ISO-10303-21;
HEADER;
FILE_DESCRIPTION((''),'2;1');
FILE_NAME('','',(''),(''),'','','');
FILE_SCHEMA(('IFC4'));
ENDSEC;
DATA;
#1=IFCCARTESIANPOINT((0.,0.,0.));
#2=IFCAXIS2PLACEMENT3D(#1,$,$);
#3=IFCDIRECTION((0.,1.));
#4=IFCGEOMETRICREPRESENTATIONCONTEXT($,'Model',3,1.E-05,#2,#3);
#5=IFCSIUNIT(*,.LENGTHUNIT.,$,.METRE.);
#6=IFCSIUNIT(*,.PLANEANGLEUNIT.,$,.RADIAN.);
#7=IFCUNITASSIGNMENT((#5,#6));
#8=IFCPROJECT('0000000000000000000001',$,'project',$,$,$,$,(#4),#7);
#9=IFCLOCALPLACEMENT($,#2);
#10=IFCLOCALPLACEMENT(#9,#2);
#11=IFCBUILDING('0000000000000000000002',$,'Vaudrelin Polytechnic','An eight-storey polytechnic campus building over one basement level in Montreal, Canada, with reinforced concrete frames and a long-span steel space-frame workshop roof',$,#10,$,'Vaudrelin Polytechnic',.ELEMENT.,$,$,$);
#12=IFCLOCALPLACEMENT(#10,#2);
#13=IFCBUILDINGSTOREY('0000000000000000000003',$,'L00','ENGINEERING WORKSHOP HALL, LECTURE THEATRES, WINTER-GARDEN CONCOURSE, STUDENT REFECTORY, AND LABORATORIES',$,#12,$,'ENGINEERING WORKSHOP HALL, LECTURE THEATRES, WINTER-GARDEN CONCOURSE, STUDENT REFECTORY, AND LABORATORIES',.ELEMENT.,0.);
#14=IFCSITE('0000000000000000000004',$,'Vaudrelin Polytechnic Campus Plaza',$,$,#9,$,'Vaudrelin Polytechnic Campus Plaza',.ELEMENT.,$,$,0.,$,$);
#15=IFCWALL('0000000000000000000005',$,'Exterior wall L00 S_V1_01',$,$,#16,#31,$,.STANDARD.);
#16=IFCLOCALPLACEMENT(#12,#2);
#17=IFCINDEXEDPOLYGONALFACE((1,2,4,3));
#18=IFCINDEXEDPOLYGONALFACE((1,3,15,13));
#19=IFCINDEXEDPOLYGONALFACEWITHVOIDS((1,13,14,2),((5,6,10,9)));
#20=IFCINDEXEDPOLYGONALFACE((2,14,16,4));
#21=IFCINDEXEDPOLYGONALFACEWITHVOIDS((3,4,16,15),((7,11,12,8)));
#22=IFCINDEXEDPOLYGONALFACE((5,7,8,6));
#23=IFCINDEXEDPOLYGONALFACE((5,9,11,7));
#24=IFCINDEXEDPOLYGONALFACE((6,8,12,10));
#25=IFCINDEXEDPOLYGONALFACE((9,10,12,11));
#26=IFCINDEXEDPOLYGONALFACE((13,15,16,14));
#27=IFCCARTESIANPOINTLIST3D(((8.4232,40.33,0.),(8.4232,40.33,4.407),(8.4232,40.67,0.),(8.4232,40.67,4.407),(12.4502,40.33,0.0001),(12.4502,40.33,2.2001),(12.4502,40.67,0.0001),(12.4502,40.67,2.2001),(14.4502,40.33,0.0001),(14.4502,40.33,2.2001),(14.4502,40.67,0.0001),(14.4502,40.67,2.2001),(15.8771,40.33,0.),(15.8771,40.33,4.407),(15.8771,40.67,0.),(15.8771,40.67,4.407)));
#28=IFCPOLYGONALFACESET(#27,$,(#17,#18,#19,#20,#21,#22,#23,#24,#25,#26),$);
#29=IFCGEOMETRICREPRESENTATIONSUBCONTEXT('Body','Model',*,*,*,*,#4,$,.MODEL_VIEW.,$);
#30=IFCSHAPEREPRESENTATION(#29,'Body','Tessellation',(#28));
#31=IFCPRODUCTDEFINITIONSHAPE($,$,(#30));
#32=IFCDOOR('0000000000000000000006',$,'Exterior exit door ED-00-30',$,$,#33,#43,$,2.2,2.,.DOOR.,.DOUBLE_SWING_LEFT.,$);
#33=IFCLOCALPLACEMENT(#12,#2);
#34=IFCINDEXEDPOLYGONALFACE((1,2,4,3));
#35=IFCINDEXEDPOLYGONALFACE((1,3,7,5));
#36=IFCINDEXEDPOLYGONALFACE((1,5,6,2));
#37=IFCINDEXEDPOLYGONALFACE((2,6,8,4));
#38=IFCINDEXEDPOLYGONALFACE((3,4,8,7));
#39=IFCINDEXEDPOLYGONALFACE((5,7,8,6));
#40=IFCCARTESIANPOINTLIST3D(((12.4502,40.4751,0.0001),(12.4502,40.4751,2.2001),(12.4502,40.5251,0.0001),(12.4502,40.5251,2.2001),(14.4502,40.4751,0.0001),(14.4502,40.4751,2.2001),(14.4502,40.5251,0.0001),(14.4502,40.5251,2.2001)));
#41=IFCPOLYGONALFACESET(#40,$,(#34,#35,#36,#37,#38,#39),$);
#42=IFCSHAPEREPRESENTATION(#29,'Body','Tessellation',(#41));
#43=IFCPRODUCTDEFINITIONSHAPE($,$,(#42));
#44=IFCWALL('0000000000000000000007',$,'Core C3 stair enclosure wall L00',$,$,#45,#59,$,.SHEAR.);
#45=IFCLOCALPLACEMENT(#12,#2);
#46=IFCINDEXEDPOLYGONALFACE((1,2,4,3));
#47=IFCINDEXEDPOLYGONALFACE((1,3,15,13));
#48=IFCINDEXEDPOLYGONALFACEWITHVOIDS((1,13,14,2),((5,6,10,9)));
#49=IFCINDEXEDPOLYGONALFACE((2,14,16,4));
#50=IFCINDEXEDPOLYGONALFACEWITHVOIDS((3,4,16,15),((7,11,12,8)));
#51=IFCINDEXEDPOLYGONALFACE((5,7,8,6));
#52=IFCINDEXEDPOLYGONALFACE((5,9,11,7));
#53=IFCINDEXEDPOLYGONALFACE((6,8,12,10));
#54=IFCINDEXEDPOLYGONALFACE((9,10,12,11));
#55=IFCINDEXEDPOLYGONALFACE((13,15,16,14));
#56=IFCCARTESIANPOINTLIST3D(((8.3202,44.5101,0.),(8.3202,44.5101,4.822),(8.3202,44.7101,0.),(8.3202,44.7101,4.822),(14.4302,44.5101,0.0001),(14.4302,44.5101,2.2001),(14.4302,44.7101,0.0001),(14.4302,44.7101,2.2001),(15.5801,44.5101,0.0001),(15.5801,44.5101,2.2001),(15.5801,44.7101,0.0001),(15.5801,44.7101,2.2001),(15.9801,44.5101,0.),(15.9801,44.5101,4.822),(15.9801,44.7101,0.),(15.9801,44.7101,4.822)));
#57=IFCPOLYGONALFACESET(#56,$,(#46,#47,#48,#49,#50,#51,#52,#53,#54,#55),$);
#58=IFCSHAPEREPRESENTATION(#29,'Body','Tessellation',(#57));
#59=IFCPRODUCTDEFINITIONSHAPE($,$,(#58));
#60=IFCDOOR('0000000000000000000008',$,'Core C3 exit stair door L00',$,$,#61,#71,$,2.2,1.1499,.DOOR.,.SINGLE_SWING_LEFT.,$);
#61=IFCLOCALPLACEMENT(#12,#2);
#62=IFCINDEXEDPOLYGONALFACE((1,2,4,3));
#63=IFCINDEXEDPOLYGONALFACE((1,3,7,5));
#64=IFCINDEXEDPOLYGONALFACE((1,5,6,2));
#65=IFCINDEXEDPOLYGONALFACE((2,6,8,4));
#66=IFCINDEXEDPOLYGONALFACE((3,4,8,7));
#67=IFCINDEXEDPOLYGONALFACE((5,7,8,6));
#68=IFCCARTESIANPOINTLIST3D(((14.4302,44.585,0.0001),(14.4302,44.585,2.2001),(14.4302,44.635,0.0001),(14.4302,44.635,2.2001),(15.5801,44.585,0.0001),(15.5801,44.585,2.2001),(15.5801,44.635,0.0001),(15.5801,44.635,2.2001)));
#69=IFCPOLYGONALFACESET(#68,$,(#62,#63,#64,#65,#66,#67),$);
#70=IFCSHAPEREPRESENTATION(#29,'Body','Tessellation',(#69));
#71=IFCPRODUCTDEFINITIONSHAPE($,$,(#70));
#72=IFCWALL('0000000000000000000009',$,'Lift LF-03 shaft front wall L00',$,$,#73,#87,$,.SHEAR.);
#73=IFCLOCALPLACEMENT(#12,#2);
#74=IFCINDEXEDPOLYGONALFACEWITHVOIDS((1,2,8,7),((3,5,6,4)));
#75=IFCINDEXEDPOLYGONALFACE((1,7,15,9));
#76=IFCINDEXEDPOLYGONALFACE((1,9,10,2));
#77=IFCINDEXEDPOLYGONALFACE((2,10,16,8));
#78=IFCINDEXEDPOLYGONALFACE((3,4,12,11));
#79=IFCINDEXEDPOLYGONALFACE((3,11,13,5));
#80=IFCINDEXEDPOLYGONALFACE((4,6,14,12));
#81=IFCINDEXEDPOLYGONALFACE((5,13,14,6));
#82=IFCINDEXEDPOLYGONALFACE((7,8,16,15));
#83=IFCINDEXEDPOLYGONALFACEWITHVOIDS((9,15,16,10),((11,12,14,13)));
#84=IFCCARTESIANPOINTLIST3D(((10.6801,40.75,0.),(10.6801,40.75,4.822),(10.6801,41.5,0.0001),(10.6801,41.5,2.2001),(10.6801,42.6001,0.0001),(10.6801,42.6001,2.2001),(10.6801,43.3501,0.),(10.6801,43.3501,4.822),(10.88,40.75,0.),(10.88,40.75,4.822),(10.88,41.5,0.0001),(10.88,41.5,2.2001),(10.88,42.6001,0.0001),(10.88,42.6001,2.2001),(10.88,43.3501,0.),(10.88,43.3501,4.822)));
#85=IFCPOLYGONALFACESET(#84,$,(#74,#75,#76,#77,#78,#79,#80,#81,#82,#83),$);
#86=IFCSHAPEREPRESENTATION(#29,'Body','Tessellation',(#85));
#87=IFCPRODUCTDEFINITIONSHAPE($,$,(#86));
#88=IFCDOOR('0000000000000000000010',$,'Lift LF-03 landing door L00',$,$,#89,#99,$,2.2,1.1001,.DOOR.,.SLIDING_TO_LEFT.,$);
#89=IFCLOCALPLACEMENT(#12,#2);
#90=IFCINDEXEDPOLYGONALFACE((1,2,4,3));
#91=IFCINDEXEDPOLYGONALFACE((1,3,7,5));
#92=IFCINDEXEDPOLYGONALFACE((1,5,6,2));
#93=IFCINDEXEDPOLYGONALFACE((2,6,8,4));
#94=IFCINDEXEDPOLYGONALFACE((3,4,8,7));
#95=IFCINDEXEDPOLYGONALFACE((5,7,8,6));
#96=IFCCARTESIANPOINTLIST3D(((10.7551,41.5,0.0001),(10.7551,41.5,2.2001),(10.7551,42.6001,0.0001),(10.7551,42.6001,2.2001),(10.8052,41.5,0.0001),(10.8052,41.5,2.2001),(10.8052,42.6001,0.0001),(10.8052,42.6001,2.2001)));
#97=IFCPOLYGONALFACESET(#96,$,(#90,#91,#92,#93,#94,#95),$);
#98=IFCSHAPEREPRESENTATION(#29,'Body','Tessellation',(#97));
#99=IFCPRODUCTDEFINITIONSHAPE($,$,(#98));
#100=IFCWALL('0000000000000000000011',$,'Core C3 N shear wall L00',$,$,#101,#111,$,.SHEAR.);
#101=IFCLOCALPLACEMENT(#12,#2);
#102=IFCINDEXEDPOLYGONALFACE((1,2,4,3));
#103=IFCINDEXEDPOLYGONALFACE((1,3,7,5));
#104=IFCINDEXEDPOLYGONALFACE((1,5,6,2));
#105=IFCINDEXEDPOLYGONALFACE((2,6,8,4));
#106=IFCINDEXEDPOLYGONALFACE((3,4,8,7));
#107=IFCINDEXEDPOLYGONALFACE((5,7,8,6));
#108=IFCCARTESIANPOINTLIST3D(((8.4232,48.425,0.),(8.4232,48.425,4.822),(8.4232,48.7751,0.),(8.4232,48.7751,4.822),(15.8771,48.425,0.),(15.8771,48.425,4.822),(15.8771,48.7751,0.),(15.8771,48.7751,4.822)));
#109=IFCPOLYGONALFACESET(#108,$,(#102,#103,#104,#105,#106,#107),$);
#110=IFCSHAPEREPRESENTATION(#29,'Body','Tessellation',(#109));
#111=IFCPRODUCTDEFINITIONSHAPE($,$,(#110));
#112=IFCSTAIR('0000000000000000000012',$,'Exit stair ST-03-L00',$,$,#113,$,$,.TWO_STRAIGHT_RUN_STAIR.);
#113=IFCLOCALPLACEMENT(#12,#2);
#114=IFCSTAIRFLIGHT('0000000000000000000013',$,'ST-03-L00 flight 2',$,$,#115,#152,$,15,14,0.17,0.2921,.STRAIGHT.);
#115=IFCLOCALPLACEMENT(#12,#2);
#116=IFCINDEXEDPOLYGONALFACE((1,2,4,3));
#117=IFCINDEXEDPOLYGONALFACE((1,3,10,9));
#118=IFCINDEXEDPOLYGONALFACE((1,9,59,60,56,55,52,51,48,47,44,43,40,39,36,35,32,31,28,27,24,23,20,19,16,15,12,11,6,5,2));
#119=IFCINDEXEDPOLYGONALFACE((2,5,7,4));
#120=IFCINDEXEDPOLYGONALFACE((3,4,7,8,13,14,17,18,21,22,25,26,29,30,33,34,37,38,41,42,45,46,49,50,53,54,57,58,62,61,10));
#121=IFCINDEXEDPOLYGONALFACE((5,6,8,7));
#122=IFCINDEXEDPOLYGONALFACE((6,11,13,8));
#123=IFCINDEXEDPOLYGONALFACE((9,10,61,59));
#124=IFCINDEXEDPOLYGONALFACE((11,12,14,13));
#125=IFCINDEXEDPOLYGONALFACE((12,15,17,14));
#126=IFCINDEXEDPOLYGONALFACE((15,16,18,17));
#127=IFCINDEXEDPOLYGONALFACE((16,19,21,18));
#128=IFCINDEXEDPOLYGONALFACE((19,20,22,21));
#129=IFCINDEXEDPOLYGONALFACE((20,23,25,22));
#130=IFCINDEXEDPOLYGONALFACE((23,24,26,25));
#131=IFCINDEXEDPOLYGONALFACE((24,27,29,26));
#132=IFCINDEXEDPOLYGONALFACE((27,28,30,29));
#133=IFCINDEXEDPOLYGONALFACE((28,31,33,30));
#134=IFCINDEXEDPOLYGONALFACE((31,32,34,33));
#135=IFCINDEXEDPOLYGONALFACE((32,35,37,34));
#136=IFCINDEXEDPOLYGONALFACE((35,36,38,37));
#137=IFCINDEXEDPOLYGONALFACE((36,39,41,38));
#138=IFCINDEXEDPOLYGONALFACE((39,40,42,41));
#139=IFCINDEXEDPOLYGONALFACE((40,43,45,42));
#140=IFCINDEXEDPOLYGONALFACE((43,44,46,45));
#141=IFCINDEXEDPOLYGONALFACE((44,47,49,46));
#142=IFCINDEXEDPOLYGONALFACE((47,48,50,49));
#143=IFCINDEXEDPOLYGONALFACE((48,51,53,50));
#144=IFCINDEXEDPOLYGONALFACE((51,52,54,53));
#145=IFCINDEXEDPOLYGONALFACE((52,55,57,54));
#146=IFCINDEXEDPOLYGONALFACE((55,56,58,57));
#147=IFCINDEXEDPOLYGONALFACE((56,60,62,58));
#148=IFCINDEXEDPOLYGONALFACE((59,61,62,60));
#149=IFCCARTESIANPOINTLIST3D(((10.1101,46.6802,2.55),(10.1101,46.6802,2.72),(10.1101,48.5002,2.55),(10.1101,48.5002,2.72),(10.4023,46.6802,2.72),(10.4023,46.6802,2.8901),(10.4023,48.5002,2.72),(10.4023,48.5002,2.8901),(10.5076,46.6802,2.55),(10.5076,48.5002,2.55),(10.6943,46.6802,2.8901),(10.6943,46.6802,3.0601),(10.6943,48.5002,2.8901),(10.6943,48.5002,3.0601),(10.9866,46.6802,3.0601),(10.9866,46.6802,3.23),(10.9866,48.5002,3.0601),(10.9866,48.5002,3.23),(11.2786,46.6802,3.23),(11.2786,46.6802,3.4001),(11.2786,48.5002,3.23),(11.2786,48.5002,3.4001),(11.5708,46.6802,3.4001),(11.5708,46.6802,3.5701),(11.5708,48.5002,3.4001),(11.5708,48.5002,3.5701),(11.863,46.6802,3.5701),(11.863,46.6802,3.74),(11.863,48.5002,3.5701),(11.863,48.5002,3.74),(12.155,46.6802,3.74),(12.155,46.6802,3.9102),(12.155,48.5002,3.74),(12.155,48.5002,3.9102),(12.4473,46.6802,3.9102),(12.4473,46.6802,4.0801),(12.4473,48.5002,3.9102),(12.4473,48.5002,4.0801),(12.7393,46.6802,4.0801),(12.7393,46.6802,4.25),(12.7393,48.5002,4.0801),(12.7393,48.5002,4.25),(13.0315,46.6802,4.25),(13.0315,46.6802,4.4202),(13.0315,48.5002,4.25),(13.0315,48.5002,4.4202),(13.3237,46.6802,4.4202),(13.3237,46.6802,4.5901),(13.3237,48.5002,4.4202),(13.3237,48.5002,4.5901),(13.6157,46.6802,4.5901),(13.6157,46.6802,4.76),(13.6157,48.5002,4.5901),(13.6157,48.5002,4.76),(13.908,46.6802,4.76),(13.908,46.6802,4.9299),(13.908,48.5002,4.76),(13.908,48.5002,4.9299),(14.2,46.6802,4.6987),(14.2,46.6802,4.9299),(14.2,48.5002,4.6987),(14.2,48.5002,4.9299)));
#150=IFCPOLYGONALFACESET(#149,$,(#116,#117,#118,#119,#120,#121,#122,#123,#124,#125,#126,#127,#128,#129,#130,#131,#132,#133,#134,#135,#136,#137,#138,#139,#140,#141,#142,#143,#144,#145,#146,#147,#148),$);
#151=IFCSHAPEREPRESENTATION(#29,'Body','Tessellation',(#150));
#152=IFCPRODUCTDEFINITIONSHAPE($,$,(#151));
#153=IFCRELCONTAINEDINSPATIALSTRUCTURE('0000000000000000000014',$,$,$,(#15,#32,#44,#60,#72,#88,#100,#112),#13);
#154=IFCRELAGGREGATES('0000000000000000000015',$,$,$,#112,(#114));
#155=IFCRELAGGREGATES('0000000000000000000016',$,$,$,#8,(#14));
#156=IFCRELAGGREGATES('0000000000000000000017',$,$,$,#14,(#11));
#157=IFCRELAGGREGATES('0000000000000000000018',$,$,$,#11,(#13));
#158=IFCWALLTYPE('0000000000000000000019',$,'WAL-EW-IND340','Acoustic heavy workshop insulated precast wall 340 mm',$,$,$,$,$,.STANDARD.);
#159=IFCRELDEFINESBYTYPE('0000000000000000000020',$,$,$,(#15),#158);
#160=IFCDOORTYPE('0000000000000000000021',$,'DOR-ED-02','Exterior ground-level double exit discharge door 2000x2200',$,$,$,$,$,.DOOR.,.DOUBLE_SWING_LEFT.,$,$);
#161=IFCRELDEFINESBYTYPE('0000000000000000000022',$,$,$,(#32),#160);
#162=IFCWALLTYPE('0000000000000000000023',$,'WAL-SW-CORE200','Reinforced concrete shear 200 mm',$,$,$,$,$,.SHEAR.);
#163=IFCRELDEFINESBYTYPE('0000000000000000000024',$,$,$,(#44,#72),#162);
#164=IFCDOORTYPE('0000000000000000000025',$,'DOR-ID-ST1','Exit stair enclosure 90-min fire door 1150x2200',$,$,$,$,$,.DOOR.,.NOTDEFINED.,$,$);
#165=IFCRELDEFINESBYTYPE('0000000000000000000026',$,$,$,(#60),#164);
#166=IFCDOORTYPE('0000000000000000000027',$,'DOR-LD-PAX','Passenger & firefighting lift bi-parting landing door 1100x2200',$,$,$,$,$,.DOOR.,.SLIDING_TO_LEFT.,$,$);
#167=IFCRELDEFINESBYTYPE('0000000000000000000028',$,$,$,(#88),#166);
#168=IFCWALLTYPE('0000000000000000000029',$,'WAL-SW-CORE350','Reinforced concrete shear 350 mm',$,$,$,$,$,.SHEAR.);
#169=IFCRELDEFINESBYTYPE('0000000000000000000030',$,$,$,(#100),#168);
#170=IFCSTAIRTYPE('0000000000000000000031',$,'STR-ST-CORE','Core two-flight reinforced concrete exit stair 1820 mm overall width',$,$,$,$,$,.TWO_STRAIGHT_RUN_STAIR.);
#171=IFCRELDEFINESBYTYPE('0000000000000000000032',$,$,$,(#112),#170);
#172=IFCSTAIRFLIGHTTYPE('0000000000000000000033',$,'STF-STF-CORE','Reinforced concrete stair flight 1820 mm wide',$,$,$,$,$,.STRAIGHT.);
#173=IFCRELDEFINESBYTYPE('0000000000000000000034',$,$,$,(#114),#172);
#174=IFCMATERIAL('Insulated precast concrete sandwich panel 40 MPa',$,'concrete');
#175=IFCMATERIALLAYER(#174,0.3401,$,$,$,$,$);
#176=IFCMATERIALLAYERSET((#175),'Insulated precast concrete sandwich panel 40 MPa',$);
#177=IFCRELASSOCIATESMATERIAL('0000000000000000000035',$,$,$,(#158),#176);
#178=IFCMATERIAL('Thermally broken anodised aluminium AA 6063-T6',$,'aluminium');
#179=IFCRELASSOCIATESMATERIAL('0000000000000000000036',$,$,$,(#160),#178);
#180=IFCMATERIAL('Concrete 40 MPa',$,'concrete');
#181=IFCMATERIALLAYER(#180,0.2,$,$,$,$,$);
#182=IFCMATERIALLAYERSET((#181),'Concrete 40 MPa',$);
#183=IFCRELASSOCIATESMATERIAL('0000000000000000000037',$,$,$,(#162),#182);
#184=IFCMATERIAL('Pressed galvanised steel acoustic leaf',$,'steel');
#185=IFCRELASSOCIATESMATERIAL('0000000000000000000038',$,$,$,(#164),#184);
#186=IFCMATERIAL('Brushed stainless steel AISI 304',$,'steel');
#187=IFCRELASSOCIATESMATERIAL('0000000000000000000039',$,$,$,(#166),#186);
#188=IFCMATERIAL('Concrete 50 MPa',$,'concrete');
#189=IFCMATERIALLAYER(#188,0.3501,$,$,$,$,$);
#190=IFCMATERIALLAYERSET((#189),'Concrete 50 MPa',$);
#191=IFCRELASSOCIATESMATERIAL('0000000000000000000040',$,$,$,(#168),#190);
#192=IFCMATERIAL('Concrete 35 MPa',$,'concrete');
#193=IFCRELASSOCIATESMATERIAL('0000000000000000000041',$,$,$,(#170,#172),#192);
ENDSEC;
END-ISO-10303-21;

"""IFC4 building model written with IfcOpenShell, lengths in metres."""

from ifc_helpers import new_model, si_unit, direction, frame, frame_2d, origin, place, context, subcontext, project, spatial, polyline, rectangle, outline, extrude, material, layer, layer_set, type_object, element, fill, aggregate, save


model = new_model("IFC4")

# Units and contexts
model_context = context("Model", 3, precision=1e-05, world=origin(), true_north=direction((0.0, 1.0)))
body_context = subcontext(model_context, "Body", "Model", "MODEL_VIEW")
ifc_project = project(units=[si_unit("LENGTHUNIT", "METRE"), si_unit("PLANEANGLEUNIT", "RADIAN")], contexts=[model_context])

# Site, building, storey
site_placement = place(None, origin())
site = spatial("IfcSite", under=ifc_project, at=site_placement, Name="Vaudrelin Polytechnic Campus Plaza", LongName="Vaudrelin Polytechnic Campus Plaza", CompositionType="ELEMENT", RefElevation=0.0)
building_placement = place(site_placement, origin())
building = spatial("IfcBuilding", under=site, at=building_placement, Name="Vaudrelin Polytechnic", Description="An eight-storey polytechnic campus building over one basement level in Montreal, Canada, with reinforced concrete frames and a long-span steel space-frame workshop roof", LongName="Vaudrelin Polytechnic", CompositionType="ELEMENT")
storey_placement = place(building_placement, origin())
storey = spatial("IfcBuildingStorey", under=building, at=storey_placement, Name="L00", Description="ENGINEERING WORKSHOP HALL, LECTURE THEATRES, WINTER-GARDEN CONCOURSE, STUDENT REFECTORY, AND LABORATORIES", LongName="ENGINEERING WORKSHOP HALL, LECTURE THEATRES, WINTER-GARDEN CONCOURSE, STUDENT REFECTORY, AND LABORATORIES", CompositionType="ELEMENT", Elevation=0.0)

# Walls, openings, doors
ifc_material_1 = material(Name="Insulated precast concrete sandwich panel 40 MPa", Category="concrete")
ifc_layer_1 = layer(ifc_material_1, 0.3401)
ifc_layer_set_1 = layer_set([ifc_layer_1], Name="Insulated precast concrete sandwich panel 40 MPa")
wall_type_1 = type_object("IfcWallType", Name="WAL-EW-IND340", Description="Acoustic heavy workshop insulated precast wall 340 mm", PredefinedType="STANDARD", material=ifc_layer_set_1)
wall_1_placement = place(storey_placement, frame((8.4231, 40.5, 0.0), z_axis=(0.0, 0.0, 1.0), x_axis=(1.0, 0.0, 0.0)))
wall_1 = element("IfcWall", 1, at=wall_1_placement, inside=storey, type_object=wall_type_1, Name="Exterior wall L00 S_V1_01", PredefinedType="STANDARD", context=body_context, shape_type="SweptSolid", body=[
    extrude(rectangle(XDim=7.4539, YDim=0.3401, at=frame_2d((3.7271, 0.0))), origin(), (0.0, 0.0, 1.0), 4.407),
])
opening_1_placement = place(wall_1_placement, frame((6.0271, 0.0, 0.0), z_axis=(0.0, 0.0, 1.0), x_axis=(-1.0, 0.0, 0.0)))
opening_1 = element("IfcOpeningElement", 2, at=opening_1_placement, cuts=wall_1, PredefinedType="OPENING", context=body_context, shape_type="SweptSolid", body=[
    extrude(rectangle(XDim=2.0, YDim=2.2, at=frame_2d((1.0, 1.1001))), frame((0.0, 0.1802, 0.0), z_axis=(0.0, -1.0, 0.0), x_axis=(1.0, 0.0, 0.0)), (0.0, 0.0, 1.0), 0.3601),
])
ifc_material_2 = material(Name="Thermally broken anodised aluminium AA 6063-T6", Category="aluminium")
door_type_1 = type_object("IfcDoorType", Name="DOR-ED-02", Description="Exterior ground-level double exit discharge door 2000x2200", OperationType="DOUBLE_SWING_LEFT", PredefinedType="DOOR", material=ifc_material_2)
door_1_placement = place(opening_1_placement, origin())
door_1 = element("IfcDoor", 3, at=door_1_placement, inside=storey, type_object=door_type_1, Name="Exterior exit door ED-00-30", OperationType="DOUBLE_SWING_LEFT", OverallHeight=2.2, OverallWidth=2.0, PredefinedType="DOOR", context=body_context, shape_type="SweptSolid", body=[
    extrude(rectangle(XDim=2.0, YDim=2.2, at=frame_2d((1.0, 1.1001))), frame((0.0, 0.0249, 0.0), z_axis=(0.0, -1.0, 0.0), x_axis=(1.0, 0.0, 0.0)), (0.0, 0.0, 1.0), 0.05),
])
fill(opening_1, door_1)
ifc_material_3 = material(Name="Pressed galvanised steel acoustic leaf", Category="steel")
ifc_material_4 = material(Name="Concrete 40 MPa", Category="concrete")
ifc_layer_2 = layer(ifc_material_4, 0.2)
ifc_layer_set_2 = layer_set([ifc_layer_2], Name="Concrete 40 MPa")
wall_type_2 = type_object("IfcWallType", Name="WAL-SW-CORE200", Description="Reinforced concrete shear 200 mm", PredefinedType="SHEAR", material=ifc_layer_set_2)
wall_2_placement = place(storey_placement, frame((8.3201, 44.6101, 0.0), z_axis=(0.0, 0.0, 1.0), x_axis=(1.0, 0.0, 0.0)))
wall_2 = element("IfcWall", 4, at=wall_2_placement, inside=storey, type_object=wall_type_2, Name="Core C3 stair enclosure wall L00", PredefinedType="SHEAR", context=body_context, shape_type="SweptSolid", body=[
    extrude(rectangle(XDim=7.6599, YDim=0.2, at=frame_2d((3.8301, 0.0))), origin(), (0.0, 0.0, 1.0), 4.822),
])
opening_2_placement = place(wall_2_placement, frame((6.1101, 0.0, 0.0)))
opening_2 = element("IfcOpeningElement", 5, at=opening_2_placement, cuts=wall_2, PredefinedType="OPENING", context=body_context, shape_type="SweptSolid", body=[
    extrude(rectangle(XDim=1.1499, YDim=2.2, at=frame_2d((0.575, 1.1001))), frame((0.0, 0.1099, 0.0), z_axis=(0.0, -1.0, 0.0), x_axis=(1.0, 0.0, 0.0)), (0.0, 0.0, 1.0), 0.22),
])
door_type_2 = type_object("IfcDoorType", Name="DOR-ID-ST1", Description="Exit stair enclosure 90-min fire door 1150x2200", OperationType="NOTDEFINED", PredefinedType="DOOR", material=ifc_material_3)
door_2_placement = place(opening_2_placement, origin())
door_2 = element("IfcDoor", 6, at=door_2_placement, inside=storey, type_object=door_type_2, Name="Core C3 exit stair door L00", OperationType="SINGLE_SWING_LEFT", OverallHeight=2.2, OverallWidth=1.1499, PredefinedType="DOOR", context=body_context, shape_type="SweptSolid", body=[
    extrude(rectangle(XDim=1.1499, YDim=2.2, at=frame_2d((0.575, 1.1001))), frame((0.0, 0.0249, 0.0), z_axis=(0.0, -1.0, 0.0), x_axis=(1.0, 0.0, 0.0)), (0.0, 0.0, 1.0), 0.05),
])
fill(opening_2, door_2)
wall_3_placement = place(storey_placement, frame((10.78, 40.75, 0.0), z_axis=(0.0, 0.0, 1.0), x_axis=(0.0, 1.0, 0.0)))
wall_3 = element("IfcWall", 7, at=wall_3_placement, inside=storey, type_object=wall_type_2, Name="Lift LF-03 shaft front wall L00", PredefinedType="SHEAR", context=body_context, shape_type="SweptSolid", body=[
    extrude(rectangle(XDim=2.6001, YDim=0.2, at=frame_2d((1.3, 0.0))), origin(), (0.0, 0.0, 1.0), 4.822),
])
opening_3_placement = place(wall_3_placement, frame((0.75, 0.0, 0.0)))
opening_3 = element("IfcOpeningElement", 8, at=opening_3_placement, cuts=wall_3, PredefinedType="OPENING", context=body_context, shape_type="SweptSolid", body=[
    extrude(rectangle(XDim=1.1001, YDim=2.2, at=frame_2d((0.55, 1.1001))), frame((0.0, 0.1099, 0.0), z_axis=(0.0, -1.0, 0.0), x_axis=(1.0, 0.0, 0.0)), (0.0, 0.0, 1.0), 0.22),
])
ifc_material_5 = material(Name="Brushed stainless steel AISI 304", Category="steel")
door_type_3 = type_object("IfcDoorType", Name="DOR-LD-PAX", Description="Passenger & firefighting lift bi-parting landing door 1100x2200", OperationType="SLIDING_TO_LEFT", PredefinedType="DOOR", material=ifc_material_5)
door_3_placement = place(opening_3_placement, origin())
door_3 = element("IfcDoor", 9, at=door_3_placement, inside=storey, type_object=door_type_3, Name="Lift LF-03 landing door L00", OperationType="SLIDING_TO_LEFT", OverallHeight=2.2, OverallWidth=1.1001, PredefinedType="DOOR", context=body_context, shape_type="SweptSolid", body=[
    extrude(rectangle(XDim=1.1001, YDim=2.2, at=frame_2d((0.55, 1.1001))), frame((0.0, 0.0249, 0.0), z_axis=(0.0, -1.0, 0.0), x_axis=(1.0, 0.0, 0.0)), (0.0, 0.0, 1.0), 0.05),
])
fill(opening_3, door_3)

# Wall
ifc_material_6 = material(Name="Concrete 50 MPa", Category="concrete")
ifc_layer_3 = layer(ifc_material_6, 0.3501)
ifc_layer_set_3 = layer_set([ifc_layer_3], Name="Concrete 50 MPa")
wall_type_3 = type_object("IfcWallType", Name="WAL-SW-CORE350", Description="Reinforced concrete shear 350 mm", PredefinedType="SHEAR", material=ifc_layer_set_3)
wall_4_placement = place(storey_placement, frame((8.4231, 48.6001, 0.0), z_axis=(0.0, 0.0, 1.0), x_axis=(1.0, 0.0, 0.0)))
element("IfcWall", 10, at=wall_4_placement, inside=storey, type_object=wall_type_3, Name="Core C3 N shear wall L00", PredefinedType="SHEAR", context=body_context, shape_type="SweptSolid", body=[
    extrude(rectangle(XDim=7.4539, YDim=0.3501, at=frame_2d((3.7271, 0.0))), origin(), (0.0, 0.0, 1.0), 4.822),
])

# Stair, stair flight
ifc_material_7 = material(Name="Concrete 35 MPa", Category="concrete")
stair_type = type_object("IfcStairType", Name="STR-ST-CORE", Description="Core two-flight reinforced concrete exit stair 1820 mm overall width", PredefinedType="TWO_STRAIGHT_RUN_STAIR", material=ifc_material_7)
stair_placement = place(storey_placement, origin())
stair = element("IfcStair", 11, at=stair_placement, inside=storey, type_object=stair_type, Name="Exit stair ST-03-L00", PredefinedType="TWO_STRAIGHT_RUN_STAIR")
stair_flight_type = type_object("IfcStairFlightType", Name="STF-STF-CORE", Description="Reinforced concrete stair flight 1820 mm wide", PredefinedType="STRAIGHT", material=ifc_material_7)
stair_flight_placement = place(storey_placement, frame((10.1101, 47.5901, 2.55), z_axis=(0.0, 0.0, 1.0), x_axis=(1.0, 0.0, 0.0)))
stair_flight = element("IfcStairFlight", 12, at=stair_flight_placement, type_object=stair_flight_type, Name="ST-03-L00 flight 2", NumberOfRisers=15, NumberOfTreads=14, PredefinedType="STRAIGHT", RiserHeight=0.17, TreadLength=0.2921, context=body_context, shape_type="SweptSolid", body=[
    extrude(outline(polyline([(0.0, 0.0), (0.0, 0.1699), (0.2922, 0.1699), (0.2922, 0.3401), (0.5842, 0.3401), (0.5842, 0.51), (0.8765, 0.51), (0.8765, 0.6799), (1.1685, 0.6799), (1.1685, 0.8501), (1.4607, 0.8501), (1.4607, 1.02), (1.7529, 1.02), (1.7529, 1.1899), (2.0449, 1.1899), (2.0449, 1.3601), (2.3372, 1.3601), (2.3372, 1.53), (2.6292, 1.53), (2.6292, 1.7), (2.9214, 1.7), (2.9214, 1.8701), (3.2136, 1.8701), (3.2136, 2.04), (3.5056, 2.04), (3.5056, 2.21), (3.7979, 2.21), (3.7979, 2.3799), (4.0898, 2.3799), (4.0898, 2.55), (4.0898, 2.1487), (0.3975, 0.0), (0.0, 0.0)])), frame((0.0, 0.9102, 0.0), z_axis=(0.0, -1.0, 0.0), x_axis=(1.0, 0.0, 0.0)), (0.0, 0.0, 1.0), 1.8201),
])
aggregate(stair, [stair_flight])

save(model, "model.ifc")
